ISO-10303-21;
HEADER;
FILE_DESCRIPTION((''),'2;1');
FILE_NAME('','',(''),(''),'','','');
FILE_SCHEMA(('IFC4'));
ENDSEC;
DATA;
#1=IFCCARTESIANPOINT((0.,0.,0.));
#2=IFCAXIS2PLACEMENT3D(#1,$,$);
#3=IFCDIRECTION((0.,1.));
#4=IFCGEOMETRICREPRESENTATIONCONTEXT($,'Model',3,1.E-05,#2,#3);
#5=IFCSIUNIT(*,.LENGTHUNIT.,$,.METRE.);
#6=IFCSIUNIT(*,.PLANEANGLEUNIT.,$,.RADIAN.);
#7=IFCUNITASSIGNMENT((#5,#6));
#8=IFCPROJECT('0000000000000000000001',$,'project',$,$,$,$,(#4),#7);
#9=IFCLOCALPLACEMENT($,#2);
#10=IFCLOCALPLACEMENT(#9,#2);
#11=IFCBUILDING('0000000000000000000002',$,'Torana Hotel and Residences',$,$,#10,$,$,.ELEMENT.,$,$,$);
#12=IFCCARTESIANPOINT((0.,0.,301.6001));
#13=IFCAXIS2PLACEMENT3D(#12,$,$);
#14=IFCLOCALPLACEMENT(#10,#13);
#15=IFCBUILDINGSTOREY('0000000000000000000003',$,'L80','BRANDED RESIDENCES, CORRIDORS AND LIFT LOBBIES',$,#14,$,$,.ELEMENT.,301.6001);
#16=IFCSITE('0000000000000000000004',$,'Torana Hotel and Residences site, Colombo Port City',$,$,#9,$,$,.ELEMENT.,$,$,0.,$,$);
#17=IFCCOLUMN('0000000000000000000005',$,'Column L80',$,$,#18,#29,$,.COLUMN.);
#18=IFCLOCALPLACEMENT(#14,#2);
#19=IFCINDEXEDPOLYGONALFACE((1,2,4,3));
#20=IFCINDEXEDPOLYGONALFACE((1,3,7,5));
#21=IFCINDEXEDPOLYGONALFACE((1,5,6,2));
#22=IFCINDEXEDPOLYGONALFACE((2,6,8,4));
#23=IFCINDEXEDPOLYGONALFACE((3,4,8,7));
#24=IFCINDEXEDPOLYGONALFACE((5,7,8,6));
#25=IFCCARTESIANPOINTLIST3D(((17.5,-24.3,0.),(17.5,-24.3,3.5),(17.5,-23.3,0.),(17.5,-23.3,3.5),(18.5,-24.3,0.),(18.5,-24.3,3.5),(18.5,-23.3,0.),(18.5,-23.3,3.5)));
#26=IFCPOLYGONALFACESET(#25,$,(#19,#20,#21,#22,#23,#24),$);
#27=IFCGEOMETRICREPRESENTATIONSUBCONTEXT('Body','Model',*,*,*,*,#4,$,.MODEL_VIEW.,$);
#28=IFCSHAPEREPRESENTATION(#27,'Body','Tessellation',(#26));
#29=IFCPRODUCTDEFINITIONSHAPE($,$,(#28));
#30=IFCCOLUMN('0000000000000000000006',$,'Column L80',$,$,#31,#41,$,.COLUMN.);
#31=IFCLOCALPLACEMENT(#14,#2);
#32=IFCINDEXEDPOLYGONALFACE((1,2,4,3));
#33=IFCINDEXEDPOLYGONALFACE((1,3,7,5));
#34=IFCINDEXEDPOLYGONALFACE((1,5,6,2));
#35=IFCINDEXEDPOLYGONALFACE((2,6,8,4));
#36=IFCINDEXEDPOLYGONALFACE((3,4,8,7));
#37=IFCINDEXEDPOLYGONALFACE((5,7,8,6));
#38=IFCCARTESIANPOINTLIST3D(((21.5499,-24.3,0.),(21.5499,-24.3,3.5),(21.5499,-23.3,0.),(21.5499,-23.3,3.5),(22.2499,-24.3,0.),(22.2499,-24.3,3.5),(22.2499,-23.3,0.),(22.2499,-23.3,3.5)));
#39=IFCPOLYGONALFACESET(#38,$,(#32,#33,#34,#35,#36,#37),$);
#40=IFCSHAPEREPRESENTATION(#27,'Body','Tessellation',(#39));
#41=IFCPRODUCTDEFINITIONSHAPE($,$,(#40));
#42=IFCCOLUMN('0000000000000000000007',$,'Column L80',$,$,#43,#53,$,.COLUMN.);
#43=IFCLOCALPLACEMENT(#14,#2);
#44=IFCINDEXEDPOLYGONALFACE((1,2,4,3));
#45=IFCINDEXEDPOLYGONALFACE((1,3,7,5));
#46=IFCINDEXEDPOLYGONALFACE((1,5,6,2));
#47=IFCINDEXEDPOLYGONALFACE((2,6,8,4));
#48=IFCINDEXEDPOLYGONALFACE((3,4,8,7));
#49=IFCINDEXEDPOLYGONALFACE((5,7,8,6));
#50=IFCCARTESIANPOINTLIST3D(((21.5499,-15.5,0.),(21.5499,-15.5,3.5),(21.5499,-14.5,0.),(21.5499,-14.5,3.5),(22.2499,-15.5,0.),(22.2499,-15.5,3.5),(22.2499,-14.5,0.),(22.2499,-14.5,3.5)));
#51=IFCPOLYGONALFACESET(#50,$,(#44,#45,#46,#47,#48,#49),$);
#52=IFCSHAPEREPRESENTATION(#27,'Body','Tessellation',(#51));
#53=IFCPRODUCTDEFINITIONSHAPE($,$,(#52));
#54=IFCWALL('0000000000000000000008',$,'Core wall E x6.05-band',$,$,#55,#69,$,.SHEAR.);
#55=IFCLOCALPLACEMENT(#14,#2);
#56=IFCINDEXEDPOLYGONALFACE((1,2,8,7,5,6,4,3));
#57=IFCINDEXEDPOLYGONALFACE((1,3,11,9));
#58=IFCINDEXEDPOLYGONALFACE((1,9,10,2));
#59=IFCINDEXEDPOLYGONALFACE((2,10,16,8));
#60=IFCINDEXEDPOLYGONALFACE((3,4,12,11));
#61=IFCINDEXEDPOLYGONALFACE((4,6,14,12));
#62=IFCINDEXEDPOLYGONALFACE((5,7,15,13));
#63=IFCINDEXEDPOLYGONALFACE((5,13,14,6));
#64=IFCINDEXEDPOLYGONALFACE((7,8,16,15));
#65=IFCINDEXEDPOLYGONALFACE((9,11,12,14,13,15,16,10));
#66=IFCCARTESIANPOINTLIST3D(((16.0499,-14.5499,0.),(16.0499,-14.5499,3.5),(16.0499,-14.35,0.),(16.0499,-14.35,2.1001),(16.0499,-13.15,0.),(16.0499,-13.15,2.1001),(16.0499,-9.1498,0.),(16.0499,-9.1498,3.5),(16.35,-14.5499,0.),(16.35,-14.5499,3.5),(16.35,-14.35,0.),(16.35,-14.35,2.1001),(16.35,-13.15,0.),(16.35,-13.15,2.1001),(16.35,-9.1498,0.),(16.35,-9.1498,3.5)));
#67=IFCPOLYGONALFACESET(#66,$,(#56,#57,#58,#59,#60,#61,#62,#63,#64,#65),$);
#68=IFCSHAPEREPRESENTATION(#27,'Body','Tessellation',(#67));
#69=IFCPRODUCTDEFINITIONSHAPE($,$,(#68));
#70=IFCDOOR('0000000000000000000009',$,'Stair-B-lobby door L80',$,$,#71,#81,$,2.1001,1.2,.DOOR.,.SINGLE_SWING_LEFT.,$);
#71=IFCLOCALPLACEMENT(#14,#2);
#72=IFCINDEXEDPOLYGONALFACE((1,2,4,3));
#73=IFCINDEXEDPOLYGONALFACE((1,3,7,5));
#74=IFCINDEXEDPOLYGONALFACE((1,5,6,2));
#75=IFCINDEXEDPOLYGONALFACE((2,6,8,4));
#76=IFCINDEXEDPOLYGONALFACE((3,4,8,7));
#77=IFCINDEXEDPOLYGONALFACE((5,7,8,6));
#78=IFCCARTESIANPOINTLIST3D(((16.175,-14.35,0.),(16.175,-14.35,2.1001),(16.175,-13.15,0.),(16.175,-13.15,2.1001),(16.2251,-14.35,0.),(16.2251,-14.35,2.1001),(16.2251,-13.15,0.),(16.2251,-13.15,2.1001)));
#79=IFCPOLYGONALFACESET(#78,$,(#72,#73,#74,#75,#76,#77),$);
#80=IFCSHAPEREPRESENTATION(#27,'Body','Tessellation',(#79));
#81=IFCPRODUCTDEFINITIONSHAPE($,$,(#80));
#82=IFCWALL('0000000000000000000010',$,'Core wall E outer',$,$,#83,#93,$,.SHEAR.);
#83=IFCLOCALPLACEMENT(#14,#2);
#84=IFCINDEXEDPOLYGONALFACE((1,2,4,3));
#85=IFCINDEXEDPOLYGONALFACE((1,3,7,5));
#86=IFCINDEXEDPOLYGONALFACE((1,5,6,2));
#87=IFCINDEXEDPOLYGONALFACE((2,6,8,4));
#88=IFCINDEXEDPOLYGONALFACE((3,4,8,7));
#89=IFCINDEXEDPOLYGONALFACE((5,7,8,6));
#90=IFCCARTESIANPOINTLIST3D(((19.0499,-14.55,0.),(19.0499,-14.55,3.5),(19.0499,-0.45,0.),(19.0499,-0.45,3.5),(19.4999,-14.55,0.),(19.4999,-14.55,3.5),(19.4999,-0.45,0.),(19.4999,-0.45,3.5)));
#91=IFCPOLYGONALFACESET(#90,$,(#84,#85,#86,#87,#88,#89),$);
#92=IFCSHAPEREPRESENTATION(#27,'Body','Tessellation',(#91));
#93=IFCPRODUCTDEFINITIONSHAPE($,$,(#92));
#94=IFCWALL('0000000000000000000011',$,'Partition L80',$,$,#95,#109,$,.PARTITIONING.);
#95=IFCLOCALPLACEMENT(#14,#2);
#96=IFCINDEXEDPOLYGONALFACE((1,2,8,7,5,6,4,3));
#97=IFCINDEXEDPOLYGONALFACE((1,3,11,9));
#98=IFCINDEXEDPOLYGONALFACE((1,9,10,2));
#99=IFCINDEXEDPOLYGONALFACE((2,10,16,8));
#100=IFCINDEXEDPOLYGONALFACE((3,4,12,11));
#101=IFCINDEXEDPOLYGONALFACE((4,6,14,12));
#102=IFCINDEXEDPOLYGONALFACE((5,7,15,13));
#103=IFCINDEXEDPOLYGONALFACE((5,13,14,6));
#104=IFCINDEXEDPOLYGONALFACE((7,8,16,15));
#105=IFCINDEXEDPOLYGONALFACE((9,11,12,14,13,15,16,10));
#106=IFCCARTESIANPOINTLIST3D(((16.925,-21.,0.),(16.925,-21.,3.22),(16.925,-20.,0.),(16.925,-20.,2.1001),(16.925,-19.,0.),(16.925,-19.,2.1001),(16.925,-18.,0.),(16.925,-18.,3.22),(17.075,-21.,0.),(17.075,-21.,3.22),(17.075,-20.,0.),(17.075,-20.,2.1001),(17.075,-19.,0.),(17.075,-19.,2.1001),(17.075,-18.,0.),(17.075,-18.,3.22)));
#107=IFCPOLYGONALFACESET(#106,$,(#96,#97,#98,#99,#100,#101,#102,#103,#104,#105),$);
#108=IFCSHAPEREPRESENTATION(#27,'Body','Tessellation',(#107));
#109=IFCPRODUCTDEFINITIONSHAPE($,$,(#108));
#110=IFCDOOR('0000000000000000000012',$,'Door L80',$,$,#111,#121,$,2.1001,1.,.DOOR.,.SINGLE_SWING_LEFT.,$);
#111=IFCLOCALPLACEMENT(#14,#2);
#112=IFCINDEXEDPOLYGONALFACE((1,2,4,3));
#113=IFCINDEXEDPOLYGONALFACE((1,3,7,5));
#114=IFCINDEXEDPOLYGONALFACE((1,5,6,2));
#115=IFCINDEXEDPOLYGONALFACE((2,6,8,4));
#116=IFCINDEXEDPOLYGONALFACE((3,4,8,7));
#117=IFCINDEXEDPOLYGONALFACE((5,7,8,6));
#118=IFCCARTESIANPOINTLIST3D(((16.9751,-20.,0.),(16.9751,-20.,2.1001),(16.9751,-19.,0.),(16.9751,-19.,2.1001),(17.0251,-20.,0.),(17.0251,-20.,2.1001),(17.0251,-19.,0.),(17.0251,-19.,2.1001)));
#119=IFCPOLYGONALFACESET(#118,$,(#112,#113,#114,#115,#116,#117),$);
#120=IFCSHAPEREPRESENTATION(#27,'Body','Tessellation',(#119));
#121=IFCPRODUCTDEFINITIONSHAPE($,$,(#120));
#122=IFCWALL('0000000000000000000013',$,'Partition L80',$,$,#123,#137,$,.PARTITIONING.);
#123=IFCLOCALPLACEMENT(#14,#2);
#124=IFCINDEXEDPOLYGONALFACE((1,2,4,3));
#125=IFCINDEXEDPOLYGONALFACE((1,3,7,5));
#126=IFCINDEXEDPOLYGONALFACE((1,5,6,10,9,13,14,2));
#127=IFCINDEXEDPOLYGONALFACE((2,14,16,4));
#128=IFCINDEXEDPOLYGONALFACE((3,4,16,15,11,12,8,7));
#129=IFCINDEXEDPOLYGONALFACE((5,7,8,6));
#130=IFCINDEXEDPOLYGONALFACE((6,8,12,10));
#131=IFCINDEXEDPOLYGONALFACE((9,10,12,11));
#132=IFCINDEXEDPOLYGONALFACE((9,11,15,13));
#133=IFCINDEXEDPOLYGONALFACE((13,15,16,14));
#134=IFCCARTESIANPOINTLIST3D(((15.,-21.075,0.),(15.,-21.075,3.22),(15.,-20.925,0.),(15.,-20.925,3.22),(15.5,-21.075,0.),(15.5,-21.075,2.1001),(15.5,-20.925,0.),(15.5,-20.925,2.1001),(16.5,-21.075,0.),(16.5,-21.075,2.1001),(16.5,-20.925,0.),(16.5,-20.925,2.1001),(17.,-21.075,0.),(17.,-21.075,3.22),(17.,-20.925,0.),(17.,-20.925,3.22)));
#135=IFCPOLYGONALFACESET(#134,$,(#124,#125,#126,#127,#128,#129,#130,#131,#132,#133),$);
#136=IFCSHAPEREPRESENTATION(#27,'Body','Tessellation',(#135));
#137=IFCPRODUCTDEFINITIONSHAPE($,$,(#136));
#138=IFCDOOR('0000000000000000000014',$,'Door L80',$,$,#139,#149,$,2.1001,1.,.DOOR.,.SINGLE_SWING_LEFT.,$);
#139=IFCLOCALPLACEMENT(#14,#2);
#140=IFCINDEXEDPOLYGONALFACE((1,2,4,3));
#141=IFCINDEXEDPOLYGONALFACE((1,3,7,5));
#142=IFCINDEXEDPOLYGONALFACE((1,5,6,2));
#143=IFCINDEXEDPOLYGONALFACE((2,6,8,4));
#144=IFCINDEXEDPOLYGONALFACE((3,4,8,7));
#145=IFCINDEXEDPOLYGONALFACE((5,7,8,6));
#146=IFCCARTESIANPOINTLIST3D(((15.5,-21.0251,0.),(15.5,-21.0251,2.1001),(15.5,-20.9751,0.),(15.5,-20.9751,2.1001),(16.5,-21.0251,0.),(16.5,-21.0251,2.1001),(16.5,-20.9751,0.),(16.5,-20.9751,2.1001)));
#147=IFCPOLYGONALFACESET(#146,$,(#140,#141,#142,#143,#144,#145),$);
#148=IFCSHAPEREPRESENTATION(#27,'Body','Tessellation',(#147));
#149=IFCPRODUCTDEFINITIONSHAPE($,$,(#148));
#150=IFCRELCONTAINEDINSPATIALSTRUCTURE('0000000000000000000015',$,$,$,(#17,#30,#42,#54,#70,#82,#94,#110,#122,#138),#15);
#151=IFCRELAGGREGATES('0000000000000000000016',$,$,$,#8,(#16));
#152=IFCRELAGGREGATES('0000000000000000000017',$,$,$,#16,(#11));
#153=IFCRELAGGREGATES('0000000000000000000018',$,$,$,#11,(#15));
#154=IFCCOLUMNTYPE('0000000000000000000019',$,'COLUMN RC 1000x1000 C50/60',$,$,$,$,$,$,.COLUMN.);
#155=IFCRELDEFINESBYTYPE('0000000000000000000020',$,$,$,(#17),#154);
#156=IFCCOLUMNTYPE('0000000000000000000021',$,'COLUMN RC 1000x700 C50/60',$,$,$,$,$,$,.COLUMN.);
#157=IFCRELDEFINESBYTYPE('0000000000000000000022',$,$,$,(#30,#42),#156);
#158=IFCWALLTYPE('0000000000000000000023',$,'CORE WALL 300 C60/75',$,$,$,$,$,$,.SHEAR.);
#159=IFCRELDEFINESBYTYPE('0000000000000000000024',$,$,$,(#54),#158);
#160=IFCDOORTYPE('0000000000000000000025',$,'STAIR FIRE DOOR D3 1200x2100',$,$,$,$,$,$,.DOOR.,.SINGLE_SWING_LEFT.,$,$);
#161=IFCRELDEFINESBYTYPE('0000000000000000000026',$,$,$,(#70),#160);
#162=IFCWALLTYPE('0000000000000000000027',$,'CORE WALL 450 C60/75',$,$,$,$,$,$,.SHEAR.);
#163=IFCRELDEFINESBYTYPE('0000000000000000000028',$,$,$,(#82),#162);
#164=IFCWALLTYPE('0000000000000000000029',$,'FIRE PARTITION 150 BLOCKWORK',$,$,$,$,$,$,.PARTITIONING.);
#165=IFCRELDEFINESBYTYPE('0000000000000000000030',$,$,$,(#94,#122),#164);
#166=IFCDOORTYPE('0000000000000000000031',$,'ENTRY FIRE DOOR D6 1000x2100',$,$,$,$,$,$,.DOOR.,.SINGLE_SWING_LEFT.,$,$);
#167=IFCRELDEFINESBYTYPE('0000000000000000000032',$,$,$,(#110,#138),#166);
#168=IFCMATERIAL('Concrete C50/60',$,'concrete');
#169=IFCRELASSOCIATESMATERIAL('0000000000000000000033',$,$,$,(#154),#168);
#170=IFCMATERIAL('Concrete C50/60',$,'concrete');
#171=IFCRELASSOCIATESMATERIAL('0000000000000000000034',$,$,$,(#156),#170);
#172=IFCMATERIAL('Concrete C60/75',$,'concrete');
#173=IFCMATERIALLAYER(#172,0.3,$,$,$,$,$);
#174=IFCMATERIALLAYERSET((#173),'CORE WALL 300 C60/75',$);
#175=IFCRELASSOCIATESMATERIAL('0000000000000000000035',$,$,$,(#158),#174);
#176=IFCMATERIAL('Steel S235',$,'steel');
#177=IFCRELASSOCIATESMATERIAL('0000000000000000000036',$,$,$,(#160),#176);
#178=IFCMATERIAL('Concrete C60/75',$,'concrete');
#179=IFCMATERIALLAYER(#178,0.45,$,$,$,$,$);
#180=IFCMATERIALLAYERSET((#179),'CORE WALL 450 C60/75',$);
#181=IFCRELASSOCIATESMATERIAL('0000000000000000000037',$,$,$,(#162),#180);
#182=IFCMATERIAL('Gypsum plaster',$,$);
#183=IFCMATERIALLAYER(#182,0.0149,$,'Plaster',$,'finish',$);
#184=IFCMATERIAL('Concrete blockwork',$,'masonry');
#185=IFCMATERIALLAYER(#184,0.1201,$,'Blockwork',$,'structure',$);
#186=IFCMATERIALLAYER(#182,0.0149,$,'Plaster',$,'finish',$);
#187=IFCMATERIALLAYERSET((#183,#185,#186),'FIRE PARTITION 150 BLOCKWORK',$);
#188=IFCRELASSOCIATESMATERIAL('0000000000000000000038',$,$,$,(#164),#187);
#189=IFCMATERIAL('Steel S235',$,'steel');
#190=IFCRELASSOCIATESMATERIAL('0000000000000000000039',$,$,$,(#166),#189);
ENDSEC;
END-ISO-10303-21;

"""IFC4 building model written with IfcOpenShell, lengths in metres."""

from ifc_helpers import new_model, si_unit, direction, frame, frame_2d, origin, origin_2d, place, context, subcontext, project, spatial, rectangle, extrude, material, layer, layer_set, material_profile, profile_set, type_object, element, fill, save


model = new_model("IFC4")

# Units and contexts
model_context = context("Model", 3, precision=1e-05, world=origin(), true_north=direction((0.0, 1.0)))
body_context = subcontext(model_context, "Body", "Model", "MODEL_VIEW")
ifc_project = project(units=[si_unit("LENGTHUNIT", "METRE"), si_unit("PLANEANGLEUNIT", "RADIAN")], contexts=[model_context])

# Site, building, storey
site_placement = place(None, origin())
site = spatial("IfcSite", under=ifc_project, at=site_placement, Name="Torana Hotel and Residences site, Colombo Port City", CompositionType="ELEMENT", RefElevation=0.0)
building_placement = place(site_placement, origin())
building = spatial("IfcBuilding", under=site, at=building_placement, Name="Torana Hotel and Residences", CompositionType="ELEMENT")
storey_placement = place(building_placement, frame((0.0, 0.0, 301.6001)))
storey = spatial("IfcBuildingStorey", under=building, at=storey_placement, Name="L80", Description="BRANDED RESIDENCES, CORRIDORS AND LIFT LOBBIES", CompositionType="ELEMENT", Elevation=301.6001)

# Columns
ifc_material_1 = material(Name="Concrete C50/60", Category="concrete")
ifc_material_profile_1 = material_profile(ifc_material_1, rectangle(XDim=1.0, YDim=1.0, at=origin_2d()), Name="RC 1000x1000")
ifc_profile_set_1 = profile_set([ifc_material_profile_1], Name="Concrete C50/60")
column_type_1 = type_object("IfcColumnType", Name="COLUMN RC 1000x1000 C50/60", PredefinedType="COLUMN", material=ifc_profile_set_1)
column_placement = place(storey_placement, frame((18.0, -23.8, 0.0), z_axis=(0.0, 0.0, 1.0), x_axis=(1.0, 0.0, 0.0)))
element("IfcColumn", 1, at=column_placement, inside=storey, type_object=column_type_1, Name="Column L80", PredefinedType="COLUMN", context=body_context, shape_type="SweptSolid", body=[
    extrude(rectangle(XDim=1.0, YDim=1.0, at=origin_2d()), origin(), (0.0, 0.0, 1.0), 3.5),
])
ifc_material_2 = material(Name="Concrete C50/60", Category="concrete")
ifc_material_profile_2 = material_profile(ifc_material_2, rectangle(XDim=1.0, YDim=0.7, at=origin_2d()), Name="RC 1000x700")
ifc_profile_set_2 = profile_set([ifc_material_profile_2], Name="Concrete C50/60")
column_type_2 = type_object("IfcColumnType", Name="COLUMN RC 1000x700 C50/60", PredefinedType="COLUMN", material=ifc_profile_set_2)
for number, where, z_axis, x_axis, name in (
    (2, (21.8999, -23.8, 0.0), (0.0, 0.0, 1.0), (0.0, 1.0, 0.0), "Column L80"),
    (3, (21.8999, -15.0, 0.0), (0.0, 0.0, 1.0), (0.0, 1.0, 0.0), "Column L80"),
):
    element("IfcColumn", number, at=place(storey_placement, frame(where, z_axis=z_axis, x_axis=x_axis)), inside=storey, type_object=column_type_2, Name=name, PredefinedType="COLUMN", context=body_context, shape_type="SweptSolid", body=[
        extrude(rectangle(XDim=1.0, YDim=0.7, at=origin_2d()), origin(), (0.0, 0.0, 1.0), 3.5),
    ])

# Wall, opening, door
ifc_material_3 = material(Name="Concrete C60/75", Category="concrete")
ifc_layer_1 = layer(ifc_material_3, 0.3)
ifc_layer_set_1 = layer_set([ifc_layer_1], Name="CORE WALL 300 C60/75")
wall_type_1 = type_object("IfcWallType", Name="CORE WALL 300 C60/75", PredefinedType="SHEAR", material=ifc_layer_set_1)
wall_1_placement = place(storey_placement, frame((16.2, -14.55, 0.0), z_axis=(0.0, 0.0, 1.0), x_axis=(0.0, 1.0, 0.0)))
wall_1 = element("IfcWall", 4, at=wall_1_placement, inside=storey, type_object=wall_type_1, Name="Core wall E x6.05-band", PredefinedType="SHEAR", context=body_context, shape_type="SweptSolid", body=[
    extrude(rectangle(XDim=5.4001, YDim=0.3, at=frame_2d((2.7002, 0.0))), origin(), (0.0, 0.0, 1.0), 3.5),
])
opening_1_placement = place(wall_1_placement, frame((0.2, 0.0, 0.0)))
opening_1 = element("IfcOpeningElement", 5, at=opening_1_placement, cuts=wall_1, PredefinedType="OPENING", context=body_context, shape_type="SweptSolid", body=[
    extrude(rectangle(XDim=1.2, YDim=2.1001, at=frame_2d((0.6001, 1.05))), frame((0.0, 0.1599, 0.0), z_axis=(0.0, -1.0, 0.0), x_axis=(1.0, 0.0, 0.0)), (0.0, 0.0, 1.0), 0.3201),
])
ifc_material_4 = material(Name="Steel S235", Category="steel")
door_type_1 = type_object("IfcDoorType", Name="STAIR FIRE DOOR D3 1200x2100", OperationType="SINGLE_SWING_LEFT", PredefinedType="DOOR", material=ifc_material_4)
door_1_placement = place(opening_1_placement, frame((0.6001, 0.0, 0.0), z_axis=(0.0, 0.0, 1.0), x_axis=(-1.0, 0.0, 0.0)))
door_1 = element("IfcDoor", 6, at=door_1_placement, inside=storey, type_object=door_type_1, Name="Stair-B-lobby door L80", OperationType="SINGLE_SWING_LEFT", OverallHeight=2.1001, OverallWidth=1.2, PredefinedType="DOOR", context=body_context, shape_type="SweptSolid", body=[
    extrude(rectangle(XDim=1.2, YDim=2.1001, at=frame_2d((0.0, 1.05))), frame((0.0, -0.0249, 0.0), z_axis=(0.0, 1.0, 0.0), x_axis=(-1.0, 0.0, 0.0)), (0.0, 0.0, 1.0), 0.05),
])
fill(opening_1, door_1)

# Wall
ifc_material_5 = material(Name="Concrete C60/75", Category="concrete")
ifc_layer_2 = layer(ifc_material_5, 0.45)
ifc_layer_set_2 = layer_set([ifc_layer_2], Name="CORE WALL 450 C60/75")
wall_type_2 = type_object("IfcWallType", Name="CORE WALL 450 C60/75", PredefinedType="SHEAR", material=ifc_layer_set_2)
wall_2_placement = place(storey_placement, frame((19.2749, -14.55, 0.0), z_axis=(0.0, 0.0, 1.0), x_axis=(0.0, 1.0, 0.0)))
element("IfcWall", 7, at=wall_2_placement, inside=storey, type_object=wall_type_2, Name="Core wall E outer", PredefinedType="SHEAR", context=body_context, shape_type="SweptSolid", body=[
    extrude(rectangle(XDim=14.1001, YDim=0.45, at=frame_2d((7.05, 0.0))), origin(), (0.0, 0.0, 1.0), 3.5),
])

# Walls, openings, doors
ifc_material_6 = material(Name="Gypsum plaster")
ifc_layer_3 = layer(ifc_material_6, 0.0149, Name="Plaster", Category="finish")
ifc_material_7 = material(Name="Concrete blockwork", Category="masonry")
ifc_layer_4 = layer(ifc_material_7, 0.1201, Name="Blockwork", Category="structure")
ifc_layer_5 = layer(ifc_material_6, 0.0149, Name="Plaster", Category="finish")
ifc_layer_set_3 = layer_set([ifc_layer_3, ifc_layer_4, ifc_layer_5], Name="FIRE PARTITION 150 BLOCKWORK")
wall_type_3 = type_object("IfcWallType", Name="FIRE PARTITION 150 BLOCKWORK", PredefinedType="PARTITIONING", material=ifc_layer_set_3)
wall_3_placement = place(storey_placement, frame((17.0, -21.0, 0.0), z_axis=(0.0, 0.0, 1.0), x_axis=(0.0, 1.0, 0.0)))
wall_3 = element("IfcWall", 8, at=wall_3_placement, inside=storey, type_object=wall_type_3, Name="Partition L80", PredefinedType="PARTITIONING", context=body_context, shape_type="SweptSolid", body=[
    extrude(rectangle(XDim=3.0, YDim=0.1499, at=frame_2d((1.5, 0.0))), origin(), (0.0, 0.0, 1.0), 3.22),
])
opening_2_placement = place(wall_3_placement, frame((1.0, 0.0, 0.0)))
opening_2 = element("IfcOpeningElement", 9, at=opening_2_placement, cuts=wall_3, PredefinedType="OPENING", context=body_context, shape_type="SweptSolid", body=[
    extrude(rectangle(XDim=1.0, YDim=2.1001, at=frame_2d((0.5, 1.05))), frame((0.0, 0.085, 0.0), z_axis=(0.0, -1.0, 0.0), x_axis=(1.0, 0.0, 0.0)), (0.0, 0.0, 1.0), 0.1699),
])
ifc_material_8 = material(Name="Steel S235", Category="steel")
door_type_2 = type_object("IfcDoorType", Name="ENTRY FIRE DOOR D6 1000x2100", OperationType="SINGLE_SWING_LEFT", PredefinedType="DOOR", material=ifc_material_8)
door_2_placement = place(opening_2_placement, frame((0.5, 0.0, 0.0), z_axis=(0.0, 0.0, 1.0), x_axis=(-1.0, 0.0, 0.0)))
door_2 = element("IfcDoor", 10, at=door_2_placement, inside=storey, type_object=door_type_2, Name="Door L80", OperationType="SINGLE_SWING_LEFT", OverallHeight=2.1001, OverallWidth=1.0, PredefinedType="DOOR", context=body_context, shape_type="SweptSolid", body=[
    extrude(rectangle(XDim=1.0, YDim=2.1001, at=frame_2d((0.0, 1.05))), frame((0.0, -0.0249, 0.0), z_axis=(0.0, 1.0, 0.0), x_axis=(-1.0, 0.0, 0.0)), (0.0, 0.0, 1.0), 0.05),
])
fill(opening_2, door_2)
wall_4_placement = place(storey_placement, frame((15.0, -21.0, 0.0), z_axis=(0.0, 0.0, 1.0), x_axis=(1.0, 0.0, 0.0)))
wall_4 = element("IfcWall", 11, at=wall_4_placement, inside=storey, type_object=wall_type_3, Name="Partition L80", PredefinedType="PARTITIONING", context=body_context, shape_type="SweptSolid", body=[
    extrude(rectangle(XDim=2.0, YDim=0.1499, at=frame_2d((1.0, 0.0))), origin(), (0.0, 0.0, 1.0), 3.22),
])
opening_3_placement = place(wall_4_placement, frame((0.5, 0.0, 0.0)))
opening_3 = element("IfcOpeningElement", 12, at=opening_3_placement, cuts=wall_4, PredefinedType="OPENING", context=body_context, shape_type="SweptSolid", body=[
    extrude(rectangle(XDim=1.0, YDim=2.1001, at=frame_2d((0.5, 1.05))), frame((0.0, 0.085, 0.0), z_axis=(0.0, -1.0, 0.0), x_axis=(1.0, 0.0, 0.0)), (0.0, 0.0, 1.0), 0.1699),
])
door_3_placement = place(opening_3_placement, frame((0.5, 0.0, 0.0), z_axis=(0.0, 0.0, 1.0), x_axis=(-1.0, 0.0, 0.0)))
door_3 = element("IfcDoor", 13, at=door_3_placement, inside=storey, type_object=door_type_2, Name="Door L80", OperationType="SINGLE_SWING_LEFT", OverallHeight=2.1001, OverallWidth=1.0, PredefinedType="DOOR", context=body_context, shape_type="SweptSolid", body=[
    extrude(rectangle(XDim=1.0, YDim=2.1001, at=frame_2d((0.0, 1.05))), frame((0.0, -0.0249, 0.0), z_axis=(0.0, 1.0, 0.0), x_axis=(-1.0, 0.0, 0.0)), (0.0, 0.0, 1.0), 0.05),
])
fill(opening_3, door_3)

save(model, "model.ifc")
